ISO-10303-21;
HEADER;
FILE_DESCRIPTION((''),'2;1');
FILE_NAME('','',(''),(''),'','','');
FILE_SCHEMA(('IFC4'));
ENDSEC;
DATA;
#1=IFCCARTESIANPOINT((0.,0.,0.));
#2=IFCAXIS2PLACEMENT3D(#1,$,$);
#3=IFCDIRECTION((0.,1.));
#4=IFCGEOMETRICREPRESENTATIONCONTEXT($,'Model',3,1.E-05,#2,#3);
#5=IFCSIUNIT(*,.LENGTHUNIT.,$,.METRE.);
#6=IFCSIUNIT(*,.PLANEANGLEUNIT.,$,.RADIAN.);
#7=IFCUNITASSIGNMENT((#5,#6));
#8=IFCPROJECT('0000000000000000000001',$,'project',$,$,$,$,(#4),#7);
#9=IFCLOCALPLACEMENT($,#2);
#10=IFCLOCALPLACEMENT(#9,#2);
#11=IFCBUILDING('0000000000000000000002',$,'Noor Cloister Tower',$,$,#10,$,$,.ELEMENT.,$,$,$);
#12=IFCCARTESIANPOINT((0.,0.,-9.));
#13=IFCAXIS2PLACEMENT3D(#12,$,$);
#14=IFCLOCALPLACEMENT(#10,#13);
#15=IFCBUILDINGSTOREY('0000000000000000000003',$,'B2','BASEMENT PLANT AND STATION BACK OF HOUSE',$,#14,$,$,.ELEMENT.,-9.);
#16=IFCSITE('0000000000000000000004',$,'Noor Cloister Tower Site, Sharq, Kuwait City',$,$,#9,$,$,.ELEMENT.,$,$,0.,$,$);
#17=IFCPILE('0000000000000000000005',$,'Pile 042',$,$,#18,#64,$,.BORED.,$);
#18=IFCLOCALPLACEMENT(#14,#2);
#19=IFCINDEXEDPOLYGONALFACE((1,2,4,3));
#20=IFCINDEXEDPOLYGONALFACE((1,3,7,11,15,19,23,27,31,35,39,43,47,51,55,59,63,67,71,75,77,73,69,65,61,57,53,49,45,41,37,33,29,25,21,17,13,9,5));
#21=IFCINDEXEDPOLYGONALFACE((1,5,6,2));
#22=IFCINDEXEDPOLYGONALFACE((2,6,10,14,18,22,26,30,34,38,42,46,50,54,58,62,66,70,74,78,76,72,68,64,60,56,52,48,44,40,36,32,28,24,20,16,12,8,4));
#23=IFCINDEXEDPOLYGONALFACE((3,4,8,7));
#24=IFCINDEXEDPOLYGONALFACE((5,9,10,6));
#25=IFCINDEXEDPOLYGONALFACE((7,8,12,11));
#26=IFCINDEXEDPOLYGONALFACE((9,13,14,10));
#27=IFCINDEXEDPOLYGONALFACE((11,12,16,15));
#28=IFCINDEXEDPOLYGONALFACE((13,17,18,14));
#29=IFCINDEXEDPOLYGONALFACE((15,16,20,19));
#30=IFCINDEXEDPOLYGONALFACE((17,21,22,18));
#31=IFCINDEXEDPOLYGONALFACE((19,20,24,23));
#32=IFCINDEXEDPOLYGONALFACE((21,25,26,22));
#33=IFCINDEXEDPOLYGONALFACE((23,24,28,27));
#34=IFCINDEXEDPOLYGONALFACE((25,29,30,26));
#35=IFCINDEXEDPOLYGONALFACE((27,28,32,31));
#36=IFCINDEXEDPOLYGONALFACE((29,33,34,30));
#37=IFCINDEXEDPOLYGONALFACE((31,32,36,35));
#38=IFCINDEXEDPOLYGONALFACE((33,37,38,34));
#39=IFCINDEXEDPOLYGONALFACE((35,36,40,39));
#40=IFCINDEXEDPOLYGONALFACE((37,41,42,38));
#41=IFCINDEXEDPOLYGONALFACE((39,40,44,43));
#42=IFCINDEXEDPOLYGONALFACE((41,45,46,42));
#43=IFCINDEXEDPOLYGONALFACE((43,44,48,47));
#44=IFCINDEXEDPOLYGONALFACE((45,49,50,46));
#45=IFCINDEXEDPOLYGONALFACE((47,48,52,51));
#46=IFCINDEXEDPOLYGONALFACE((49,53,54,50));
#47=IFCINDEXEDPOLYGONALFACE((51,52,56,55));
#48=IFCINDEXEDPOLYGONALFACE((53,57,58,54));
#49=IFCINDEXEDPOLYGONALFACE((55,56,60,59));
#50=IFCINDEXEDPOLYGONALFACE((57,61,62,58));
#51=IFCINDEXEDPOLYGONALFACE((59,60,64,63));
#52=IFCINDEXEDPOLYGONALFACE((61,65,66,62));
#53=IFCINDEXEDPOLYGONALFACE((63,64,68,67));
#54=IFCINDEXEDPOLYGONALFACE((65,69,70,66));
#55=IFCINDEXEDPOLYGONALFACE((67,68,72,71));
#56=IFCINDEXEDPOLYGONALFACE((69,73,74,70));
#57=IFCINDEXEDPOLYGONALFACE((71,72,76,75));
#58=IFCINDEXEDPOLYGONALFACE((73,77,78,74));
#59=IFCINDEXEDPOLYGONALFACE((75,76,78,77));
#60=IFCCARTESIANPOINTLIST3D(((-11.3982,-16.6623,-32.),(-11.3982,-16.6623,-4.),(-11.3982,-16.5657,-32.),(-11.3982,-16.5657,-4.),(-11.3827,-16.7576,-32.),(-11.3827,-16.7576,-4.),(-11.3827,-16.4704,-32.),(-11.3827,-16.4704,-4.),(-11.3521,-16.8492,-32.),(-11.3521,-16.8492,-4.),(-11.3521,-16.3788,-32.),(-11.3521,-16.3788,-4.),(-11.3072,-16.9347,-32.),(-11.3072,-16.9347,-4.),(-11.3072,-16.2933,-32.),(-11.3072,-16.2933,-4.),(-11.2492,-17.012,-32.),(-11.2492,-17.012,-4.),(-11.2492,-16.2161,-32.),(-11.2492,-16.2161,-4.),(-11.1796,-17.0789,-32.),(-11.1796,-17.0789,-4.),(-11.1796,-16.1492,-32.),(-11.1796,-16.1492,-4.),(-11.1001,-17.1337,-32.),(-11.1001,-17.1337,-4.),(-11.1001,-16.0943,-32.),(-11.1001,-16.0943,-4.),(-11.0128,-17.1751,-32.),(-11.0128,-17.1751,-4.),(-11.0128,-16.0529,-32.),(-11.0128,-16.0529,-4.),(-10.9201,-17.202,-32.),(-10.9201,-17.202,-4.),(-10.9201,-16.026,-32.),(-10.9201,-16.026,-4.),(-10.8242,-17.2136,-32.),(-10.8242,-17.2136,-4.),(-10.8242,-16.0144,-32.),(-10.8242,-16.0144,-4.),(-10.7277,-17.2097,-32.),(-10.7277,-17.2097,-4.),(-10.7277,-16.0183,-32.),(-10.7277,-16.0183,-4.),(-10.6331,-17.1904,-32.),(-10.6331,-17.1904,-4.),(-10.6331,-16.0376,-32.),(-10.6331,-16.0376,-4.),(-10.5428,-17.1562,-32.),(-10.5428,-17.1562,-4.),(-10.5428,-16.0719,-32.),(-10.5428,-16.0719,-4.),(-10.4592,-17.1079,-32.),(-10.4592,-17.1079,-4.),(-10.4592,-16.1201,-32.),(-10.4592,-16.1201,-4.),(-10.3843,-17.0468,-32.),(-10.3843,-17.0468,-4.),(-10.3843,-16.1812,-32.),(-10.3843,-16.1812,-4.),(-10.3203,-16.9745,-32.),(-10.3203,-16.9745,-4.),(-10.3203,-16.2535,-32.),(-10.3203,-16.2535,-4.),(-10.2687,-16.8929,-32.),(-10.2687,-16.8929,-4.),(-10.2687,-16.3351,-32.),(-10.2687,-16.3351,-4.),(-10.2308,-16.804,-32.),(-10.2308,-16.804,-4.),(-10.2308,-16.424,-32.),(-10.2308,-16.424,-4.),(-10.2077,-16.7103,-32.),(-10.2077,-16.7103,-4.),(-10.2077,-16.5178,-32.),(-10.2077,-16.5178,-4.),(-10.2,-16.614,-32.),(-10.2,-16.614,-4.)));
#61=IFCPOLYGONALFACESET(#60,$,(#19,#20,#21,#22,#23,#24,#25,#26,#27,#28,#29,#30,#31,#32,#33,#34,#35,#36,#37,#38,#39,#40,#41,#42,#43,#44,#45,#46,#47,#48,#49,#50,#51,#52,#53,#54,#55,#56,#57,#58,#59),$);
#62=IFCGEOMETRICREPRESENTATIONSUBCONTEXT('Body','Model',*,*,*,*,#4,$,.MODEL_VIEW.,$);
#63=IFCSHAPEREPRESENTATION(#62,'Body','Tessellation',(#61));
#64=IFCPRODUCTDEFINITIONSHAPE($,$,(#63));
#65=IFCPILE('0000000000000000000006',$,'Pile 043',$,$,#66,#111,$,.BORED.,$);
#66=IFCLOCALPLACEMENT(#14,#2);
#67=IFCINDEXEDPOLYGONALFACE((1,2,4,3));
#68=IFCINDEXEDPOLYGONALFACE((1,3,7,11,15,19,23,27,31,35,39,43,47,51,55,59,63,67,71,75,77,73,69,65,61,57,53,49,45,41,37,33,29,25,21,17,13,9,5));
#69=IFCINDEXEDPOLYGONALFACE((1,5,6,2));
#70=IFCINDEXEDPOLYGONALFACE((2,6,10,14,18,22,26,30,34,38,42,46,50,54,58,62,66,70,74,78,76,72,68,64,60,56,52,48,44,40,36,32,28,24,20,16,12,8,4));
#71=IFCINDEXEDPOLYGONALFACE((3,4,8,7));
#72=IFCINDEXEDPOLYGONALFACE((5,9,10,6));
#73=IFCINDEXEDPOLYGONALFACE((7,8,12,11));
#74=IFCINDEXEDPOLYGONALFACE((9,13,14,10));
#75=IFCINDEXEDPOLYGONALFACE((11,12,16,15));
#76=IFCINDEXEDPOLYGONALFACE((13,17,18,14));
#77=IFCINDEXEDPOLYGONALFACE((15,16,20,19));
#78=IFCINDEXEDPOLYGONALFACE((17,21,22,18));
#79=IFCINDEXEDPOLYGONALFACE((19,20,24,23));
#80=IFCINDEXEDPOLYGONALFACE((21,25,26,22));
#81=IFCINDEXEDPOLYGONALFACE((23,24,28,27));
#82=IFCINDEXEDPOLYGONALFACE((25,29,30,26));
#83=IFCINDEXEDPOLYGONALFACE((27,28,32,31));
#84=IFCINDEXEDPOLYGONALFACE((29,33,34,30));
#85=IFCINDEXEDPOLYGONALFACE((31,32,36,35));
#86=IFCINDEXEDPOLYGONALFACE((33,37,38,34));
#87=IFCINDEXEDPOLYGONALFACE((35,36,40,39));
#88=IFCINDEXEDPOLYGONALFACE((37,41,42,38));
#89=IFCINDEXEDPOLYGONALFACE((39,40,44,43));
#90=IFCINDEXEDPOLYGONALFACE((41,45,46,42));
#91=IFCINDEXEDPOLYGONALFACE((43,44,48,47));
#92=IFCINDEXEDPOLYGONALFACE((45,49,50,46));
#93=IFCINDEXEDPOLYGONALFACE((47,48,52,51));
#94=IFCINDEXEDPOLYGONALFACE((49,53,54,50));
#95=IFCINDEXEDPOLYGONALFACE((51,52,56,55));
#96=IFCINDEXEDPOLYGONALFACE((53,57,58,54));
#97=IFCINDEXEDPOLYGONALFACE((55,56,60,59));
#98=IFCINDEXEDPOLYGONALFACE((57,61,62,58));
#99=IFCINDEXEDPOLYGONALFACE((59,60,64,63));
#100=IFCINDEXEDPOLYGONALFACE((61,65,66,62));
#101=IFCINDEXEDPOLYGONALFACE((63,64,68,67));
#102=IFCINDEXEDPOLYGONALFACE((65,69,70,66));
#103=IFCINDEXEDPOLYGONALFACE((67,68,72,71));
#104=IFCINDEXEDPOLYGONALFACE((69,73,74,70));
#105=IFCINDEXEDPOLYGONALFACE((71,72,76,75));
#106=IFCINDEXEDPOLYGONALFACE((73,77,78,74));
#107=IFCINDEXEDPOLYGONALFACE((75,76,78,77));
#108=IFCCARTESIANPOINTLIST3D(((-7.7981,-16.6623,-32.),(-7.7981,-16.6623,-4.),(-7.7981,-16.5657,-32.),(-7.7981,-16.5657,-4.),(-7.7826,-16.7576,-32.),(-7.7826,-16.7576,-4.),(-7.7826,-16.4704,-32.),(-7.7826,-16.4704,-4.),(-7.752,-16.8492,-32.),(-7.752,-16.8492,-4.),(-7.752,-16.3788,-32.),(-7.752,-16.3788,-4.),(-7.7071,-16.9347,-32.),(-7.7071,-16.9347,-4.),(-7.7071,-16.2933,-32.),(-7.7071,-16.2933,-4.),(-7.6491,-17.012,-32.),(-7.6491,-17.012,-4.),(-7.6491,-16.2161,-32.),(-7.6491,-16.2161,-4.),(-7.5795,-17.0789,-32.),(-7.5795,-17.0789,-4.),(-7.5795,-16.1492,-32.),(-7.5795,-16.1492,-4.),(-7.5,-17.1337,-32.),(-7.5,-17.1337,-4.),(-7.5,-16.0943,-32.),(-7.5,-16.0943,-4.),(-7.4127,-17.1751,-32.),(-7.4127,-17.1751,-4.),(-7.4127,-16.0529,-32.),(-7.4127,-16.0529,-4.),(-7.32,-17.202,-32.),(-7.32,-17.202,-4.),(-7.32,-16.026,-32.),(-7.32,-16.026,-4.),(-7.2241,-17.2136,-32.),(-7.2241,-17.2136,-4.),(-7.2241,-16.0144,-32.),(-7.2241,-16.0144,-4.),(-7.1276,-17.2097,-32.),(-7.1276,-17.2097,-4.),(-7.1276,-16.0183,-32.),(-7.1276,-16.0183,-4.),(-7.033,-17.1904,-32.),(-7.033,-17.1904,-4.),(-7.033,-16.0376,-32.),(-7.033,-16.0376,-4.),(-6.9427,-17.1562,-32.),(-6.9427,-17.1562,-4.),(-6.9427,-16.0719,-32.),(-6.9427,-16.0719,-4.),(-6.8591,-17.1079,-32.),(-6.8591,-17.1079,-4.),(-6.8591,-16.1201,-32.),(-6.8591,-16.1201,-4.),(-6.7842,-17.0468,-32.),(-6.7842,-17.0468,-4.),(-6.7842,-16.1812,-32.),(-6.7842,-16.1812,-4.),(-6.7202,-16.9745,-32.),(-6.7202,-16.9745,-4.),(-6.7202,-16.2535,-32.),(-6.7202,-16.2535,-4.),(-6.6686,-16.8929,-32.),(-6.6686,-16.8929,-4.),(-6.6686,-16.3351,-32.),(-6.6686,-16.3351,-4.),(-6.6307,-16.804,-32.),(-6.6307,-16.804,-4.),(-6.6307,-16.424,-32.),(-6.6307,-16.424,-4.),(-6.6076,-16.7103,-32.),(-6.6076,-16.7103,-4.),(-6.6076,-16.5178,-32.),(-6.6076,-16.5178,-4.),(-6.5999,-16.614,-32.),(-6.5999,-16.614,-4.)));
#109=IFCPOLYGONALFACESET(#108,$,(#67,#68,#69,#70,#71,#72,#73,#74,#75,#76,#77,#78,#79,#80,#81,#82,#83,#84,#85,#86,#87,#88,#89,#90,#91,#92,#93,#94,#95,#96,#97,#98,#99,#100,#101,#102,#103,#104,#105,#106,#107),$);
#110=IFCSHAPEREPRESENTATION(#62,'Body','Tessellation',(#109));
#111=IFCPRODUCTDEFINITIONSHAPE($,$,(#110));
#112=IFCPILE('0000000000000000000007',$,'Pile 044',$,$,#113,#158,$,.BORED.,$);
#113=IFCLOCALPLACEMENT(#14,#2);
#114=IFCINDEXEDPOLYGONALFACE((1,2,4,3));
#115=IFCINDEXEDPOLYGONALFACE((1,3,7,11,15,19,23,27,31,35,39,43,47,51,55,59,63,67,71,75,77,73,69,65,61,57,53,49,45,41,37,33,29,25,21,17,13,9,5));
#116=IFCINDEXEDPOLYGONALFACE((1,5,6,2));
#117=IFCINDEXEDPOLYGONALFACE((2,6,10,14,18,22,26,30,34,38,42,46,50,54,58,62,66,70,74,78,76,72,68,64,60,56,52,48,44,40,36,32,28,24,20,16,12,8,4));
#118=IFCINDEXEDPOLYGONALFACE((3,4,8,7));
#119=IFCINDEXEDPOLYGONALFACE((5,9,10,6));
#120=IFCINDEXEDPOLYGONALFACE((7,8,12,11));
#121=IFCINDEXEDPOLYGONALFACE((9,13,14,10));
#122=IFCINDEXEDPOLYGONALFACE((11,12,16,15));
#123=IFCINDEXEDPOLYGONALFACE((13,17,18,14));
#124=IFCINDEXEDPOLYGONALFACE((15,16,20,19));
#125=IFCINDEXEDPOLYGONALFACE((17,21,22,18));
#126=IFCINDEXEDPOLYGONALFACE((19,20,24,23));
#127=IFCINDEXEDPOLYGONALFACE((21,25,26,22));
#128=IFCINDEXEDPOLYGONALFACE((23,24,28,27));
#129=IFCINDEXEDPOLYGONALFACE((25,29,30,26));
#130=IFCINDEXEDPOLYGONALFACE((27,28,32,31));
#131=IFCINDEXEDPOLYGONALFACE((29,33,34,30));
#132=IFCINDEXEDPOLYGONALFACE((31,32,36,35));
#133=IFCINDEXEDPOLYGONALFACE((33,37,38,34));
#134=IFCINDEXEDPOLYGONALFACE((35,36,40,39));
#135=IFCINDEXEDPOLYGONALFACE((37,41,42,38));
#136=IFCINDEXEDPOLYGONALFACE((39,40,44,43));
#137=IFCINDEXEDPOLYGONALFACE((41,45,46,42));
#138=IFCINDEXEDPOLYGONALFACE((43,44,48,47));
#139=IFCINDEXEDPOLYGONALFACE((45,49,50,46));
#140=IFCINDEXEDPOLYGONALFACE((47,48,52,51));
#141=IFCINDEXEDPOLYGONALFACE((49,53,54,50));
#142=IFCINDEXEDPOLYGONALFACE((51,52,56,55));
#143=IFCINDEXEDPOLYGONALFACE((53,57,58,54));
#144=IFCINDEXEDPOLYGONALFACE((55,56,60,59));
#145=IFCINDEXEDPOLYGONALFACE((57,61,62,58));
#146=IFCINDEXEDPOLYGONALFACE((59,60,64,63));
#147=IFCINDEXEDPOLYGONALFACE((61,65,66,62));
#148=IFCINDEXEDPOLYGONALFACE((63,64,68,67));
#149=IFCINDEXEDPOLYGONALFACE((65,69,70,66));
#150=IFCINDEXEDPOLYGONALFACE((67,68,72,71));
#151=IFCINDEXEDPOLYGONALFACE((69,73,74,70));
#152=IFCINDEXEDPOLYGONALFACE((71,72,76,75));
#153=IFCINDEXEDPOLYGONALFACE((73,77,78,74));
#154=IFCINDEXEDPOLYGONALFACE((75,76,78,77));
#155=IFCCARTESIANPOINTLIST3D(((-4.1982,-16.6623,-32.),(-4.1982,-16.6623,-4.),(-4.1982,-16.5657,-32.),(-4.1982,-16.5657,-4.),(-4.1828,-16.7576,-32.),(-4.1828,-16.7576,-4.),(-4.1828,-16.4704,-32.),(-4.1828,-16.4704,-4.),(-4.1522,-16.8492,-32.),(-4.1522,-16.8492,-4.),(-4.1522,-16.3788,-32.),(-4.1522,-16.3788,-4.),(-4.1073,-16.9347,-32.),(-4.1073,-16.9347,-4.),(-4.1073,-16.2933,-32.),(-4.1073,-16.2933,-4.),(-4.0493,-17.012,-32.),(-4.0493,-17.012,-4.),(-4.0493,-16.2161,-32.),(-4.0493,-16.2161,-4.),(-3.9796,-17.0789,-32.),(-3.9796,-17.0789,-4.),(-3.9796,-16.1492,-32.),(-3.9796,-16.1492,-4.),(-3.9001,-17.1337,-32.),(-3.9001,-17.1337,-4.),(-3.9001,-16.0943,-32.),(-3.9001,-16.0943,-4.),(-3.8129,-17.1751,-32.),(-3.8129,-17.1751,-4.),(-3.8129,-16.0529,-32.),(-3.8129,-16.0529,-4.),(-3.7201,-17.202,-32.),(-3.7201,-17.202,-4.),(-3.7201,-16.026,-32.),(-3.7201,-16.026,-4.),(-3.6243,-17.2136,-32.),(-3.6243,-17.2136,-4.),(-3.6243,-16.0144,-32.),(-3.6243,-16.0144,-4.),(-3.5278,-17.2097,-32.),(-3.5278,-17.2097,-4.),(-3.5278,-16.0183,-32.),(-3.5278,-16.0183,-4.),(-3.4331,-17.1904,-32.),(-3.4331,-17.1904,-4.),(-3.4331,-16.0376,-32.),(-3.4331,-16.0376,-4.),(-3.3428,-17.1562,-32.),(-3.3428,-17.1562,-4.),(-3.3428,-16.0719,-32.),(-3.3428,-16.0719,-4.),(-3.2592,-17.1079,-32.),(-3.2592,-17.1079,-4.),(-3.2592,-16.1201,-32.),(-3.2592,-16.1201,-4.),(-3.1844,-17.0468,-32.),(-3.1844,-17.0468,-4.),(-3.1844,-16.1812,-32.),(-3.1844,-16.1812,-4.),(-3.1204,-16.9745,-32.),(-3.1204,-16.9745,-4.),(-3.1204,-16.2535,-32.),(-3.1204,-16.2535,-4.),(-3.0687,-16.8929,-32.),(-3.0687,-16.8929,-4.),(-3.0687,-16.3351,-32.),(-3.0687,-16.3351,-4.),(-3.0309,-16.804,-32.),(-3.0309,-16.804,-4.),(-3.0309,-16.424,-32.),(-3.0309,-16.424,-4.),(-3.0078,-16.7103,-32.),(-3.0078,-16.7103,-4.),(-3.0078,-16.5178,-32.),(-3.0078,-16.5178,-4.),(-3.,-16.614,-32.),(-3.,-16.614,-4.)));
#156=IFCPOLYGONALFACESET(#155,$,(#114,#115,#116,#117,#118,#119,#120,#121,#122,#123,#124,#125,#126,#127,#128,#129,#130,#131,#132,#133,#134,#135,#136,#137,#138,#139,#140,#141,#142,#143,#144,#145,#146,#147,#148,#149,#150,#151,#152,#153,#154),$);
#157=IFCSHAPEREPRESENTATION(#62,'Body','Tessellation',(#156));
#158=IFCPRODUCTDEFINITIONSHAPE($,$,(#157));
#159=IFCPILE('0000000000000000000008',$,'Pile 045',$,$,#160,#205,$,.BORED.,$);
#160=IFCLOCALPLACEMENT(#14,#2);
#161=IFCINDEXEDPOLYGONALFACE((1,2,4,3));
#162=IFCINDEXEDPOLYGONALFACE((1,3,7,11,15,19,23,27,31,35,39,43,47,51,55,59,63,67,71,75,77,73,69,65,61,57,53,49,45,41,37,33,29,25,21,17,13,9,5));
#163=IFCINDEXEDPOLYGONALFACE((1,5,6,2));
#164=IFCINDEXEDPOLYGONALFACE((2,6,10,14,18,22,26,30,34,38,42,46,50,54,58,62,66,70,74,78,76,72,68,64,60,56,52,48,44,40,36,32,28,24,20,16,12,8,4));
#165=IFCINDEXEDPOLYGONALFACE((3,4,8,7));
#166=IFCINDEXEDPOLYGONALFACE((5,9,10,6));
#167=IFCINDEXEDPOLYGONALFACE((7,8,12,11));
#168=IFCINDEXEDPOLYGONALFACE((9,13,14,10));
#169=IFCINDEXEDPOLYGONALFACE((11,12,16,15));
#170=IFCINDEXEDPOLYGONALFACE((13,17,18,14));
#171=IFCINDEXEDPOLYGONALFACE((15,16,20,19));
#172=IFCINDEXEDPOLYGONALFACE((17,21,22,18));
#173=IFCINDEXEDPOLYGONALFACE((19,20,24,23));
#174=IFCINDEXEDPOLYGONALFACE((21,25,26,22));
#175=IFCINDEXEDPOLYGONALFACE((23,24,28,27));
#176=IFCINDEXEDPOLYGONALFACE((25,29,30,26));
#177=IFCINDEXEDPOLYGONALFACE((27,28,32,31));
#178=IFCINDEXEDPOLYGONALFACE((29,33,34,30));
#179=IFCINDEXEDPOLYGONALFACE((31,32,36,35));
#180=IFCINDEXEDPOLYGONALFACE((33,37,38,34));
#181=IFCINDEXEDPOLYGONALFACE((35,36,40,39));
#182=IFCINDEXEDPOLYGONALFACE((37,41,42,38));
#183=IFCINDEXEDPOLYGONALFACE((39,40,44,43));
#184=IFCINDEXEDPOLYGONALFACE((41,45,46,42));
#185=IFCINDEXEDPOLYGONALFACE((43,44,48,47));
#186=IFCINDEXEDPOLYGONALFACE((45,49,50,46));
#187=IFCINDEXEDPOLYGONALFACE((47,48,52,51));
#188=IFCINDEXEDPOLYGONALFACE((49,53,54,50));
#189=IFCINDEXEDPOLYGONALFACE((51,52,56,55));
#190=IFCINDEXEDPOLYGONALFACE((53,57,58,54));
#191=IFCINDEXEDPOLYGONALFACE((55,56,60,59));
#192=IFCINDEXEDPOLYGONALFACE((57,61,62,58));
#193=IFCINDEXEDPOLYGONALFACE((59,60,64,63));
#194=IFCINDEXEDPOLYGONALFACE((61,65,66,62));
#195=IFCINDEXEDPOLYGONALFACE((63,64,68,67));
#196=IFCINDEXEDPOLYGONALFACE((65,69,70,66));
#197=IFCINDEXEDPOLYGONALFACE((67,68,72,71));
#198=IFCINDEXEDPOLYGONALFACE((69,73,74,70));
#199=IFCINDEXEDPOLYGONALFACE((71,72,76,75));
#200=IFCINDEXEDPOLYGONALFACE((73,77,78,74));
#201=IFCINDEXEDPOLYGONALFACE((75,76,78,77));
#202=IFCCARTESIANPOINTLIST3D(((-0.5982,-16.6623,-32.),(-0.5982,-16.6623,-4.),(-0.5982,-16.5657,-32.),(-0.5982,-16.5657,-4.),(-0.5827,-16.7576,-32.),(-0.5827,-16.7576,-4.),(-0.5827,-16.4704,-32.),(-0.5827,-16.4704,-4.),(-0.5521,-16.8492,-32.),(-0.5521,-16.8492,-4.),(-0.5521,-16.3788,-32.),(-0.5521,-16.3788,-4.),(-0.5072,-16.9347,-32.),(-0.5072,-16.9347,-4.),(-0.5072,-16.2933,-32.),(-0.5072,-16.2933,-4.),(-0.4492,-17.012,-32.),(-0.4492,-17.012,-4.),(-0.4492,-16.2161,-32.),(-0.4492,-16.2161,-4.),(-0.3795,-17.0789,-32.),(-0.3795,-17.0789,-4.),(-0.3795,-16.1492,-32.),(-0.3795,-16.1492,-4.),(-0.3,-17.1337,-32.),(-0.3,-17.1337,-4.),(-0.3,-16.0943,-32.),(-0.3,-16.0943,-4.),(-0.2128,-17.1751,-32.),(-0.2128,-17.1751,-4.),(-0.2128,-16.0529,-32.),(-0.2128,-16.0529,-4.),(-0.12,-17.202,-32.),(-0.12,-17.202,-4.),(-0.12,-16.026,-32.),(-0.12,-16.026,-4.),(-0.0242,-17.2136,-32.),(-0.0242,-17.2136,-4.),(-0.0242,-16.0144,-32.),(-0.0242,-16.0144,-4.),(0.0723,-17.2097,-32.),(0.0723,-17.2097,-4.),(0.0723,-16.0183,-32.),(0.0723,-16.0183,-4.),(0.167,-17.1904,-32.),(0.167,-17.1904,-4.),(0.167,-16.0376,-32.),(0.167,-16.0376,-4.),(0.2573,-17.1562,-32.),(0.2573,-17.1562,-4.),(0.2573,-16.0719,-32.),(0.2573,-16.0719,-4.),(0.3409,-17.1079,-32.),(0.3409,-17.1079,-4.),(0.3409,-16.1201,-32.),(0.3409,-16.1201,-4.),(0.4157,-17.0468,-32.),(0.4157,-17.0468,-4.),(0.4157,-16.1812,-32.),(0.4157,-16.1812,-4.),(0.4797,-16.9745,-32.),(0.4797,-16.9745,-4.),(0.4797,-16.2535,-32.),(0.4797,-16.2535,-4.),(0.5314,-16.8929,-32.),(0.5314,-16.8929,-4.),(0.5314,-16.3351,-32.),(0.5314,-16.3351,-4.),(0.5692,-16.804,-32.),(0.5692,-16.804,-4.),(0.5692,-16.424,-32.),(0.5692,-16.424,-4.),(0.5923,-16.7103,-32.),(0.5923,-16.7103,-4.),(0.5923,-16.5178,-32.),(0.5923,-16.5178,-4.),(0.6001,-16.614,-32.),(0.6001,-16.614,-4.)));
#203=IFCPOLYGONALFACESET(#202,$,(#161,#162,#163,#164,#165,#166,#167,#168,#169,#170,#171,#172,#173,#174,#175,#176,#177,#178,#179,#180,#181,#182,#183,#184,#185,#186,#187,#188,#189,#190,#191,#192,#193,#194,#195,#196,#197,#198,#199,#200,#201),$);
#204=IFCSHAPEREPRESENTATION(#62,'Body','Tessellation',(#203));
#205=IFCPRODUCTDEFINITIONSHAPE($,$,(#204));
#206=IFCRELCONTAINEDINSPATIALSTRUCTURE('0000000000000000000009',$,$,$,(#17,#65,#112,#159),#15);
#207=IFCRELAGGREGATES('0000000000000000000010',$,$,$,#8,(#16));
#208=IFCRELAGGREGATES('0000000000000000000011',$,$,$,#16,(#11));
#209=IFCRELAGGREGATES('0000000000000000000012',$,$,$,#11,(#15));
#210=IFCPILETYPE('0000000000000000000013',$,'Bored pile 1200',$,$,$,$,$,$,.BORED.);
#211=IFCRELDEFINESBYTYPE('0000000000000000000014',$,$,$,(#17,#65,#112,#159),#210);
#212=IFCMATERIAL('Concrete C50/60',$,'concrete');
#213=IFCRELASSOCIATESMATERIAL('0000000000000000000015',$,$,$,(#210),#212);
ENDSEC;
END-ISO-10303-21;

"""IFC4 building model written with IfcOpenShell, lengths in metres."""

from ifc_helpers import new_model, si_unit, direction, frame, origin, origin_2d, place, context, subcontext, project, spatial, circle, extrude, material, material_profile, profile_set, type_object, element, save


model = new_model("IFC4")

# Units and contexts
model_context = context("Model", 3, precision=1e-05, world=origin(), true_north=direction((0.0, 1.0)))
body_context = subcontext(model_context, "Body", "Model", "MODEL_VIEW")
ifc_project = project(units=[si_unit("LENGTHUNIT", "METRE"), si_unit("PLANEANGLEUNIT", "RADIAN")], contexts=[model_context])

# Site, building, storey
site_placement = place(None, origin())
site = spatial("IfcSite", under=ifc_project, at=site_placement, Name="Noor Cloister Tower Site, Sharq, Kuwait City", CompositionType="ELEMENT", RefElevation=0.0)
building_placement = place(site_placement, origin())
building = spatial("IfcBuilding", under=site, at=building_placement, Name="Noor Cloister Tower", CompositionType="ELEMENT")
storey_placement = place(building_placement, frame((0.0, 0.0, -9.0)))
storey = spatial("IfcBuildingStorey", under=building, at=storey_placement, Name="B2", Description="BASEMENT PLANT AND STATION BACK OF HOUSE", CompositionType="ELEMENT", Elevation=-9.0)

# Piles
ifc_material_1 = material(Name="Concrete C50/60", Category="concrete")
ifc_material_profile_1 = material_profile(ifc_material_1, circle(Radius=0.6001, at=origin_2d()), Name="Bored pile 1200")
ifc_profile_set_1 = profile_set([ifc_material_profile_1], Name="Concrete C50/60")
pile_type = type_object("IfcPileType", Name="Bored pile 1200", PredefinedType="BORED", material=ifc_profile_set_1)
for number, where, z_axis, x_axis, name in (
    (1, (-10.8, -16.614, -4.0), (0.0, 0.0, -1.0), (1.0, 0.0, 0.0), "Pile 042"),
    (2, (-7.2, -16.614, -4.0), (0.0, 0.0, -1.0), (1.0, 0.0, 0.0), "Pile 043"),
    (3, (-3.6001, -16.614, -4.0), (0.0, 0.0, -1.0), (1.0, 0.0, 0.0), "Pile 044"),
    (4, (0.0, -16.614, -4.0), (0.0, 0.0, -1.0), (1.0, 0.0, 0.0), "Pile 045"),
):
    element("IfcPile", number, at=place(storey_placement, frame(where, z_axis=z_axis, x_axis=x_axis)), inside=storey, type_object=pile_type, Name=name, PredefinedType="BORED", context=body_context, shape_type="SweptSolid", body=[
        extrude(circle(Radius=0.6001, at=origin_2d()), origin(), (0.0, 0.0, 1.0), 28.0),
    ])

save(model, "model.ifc")
